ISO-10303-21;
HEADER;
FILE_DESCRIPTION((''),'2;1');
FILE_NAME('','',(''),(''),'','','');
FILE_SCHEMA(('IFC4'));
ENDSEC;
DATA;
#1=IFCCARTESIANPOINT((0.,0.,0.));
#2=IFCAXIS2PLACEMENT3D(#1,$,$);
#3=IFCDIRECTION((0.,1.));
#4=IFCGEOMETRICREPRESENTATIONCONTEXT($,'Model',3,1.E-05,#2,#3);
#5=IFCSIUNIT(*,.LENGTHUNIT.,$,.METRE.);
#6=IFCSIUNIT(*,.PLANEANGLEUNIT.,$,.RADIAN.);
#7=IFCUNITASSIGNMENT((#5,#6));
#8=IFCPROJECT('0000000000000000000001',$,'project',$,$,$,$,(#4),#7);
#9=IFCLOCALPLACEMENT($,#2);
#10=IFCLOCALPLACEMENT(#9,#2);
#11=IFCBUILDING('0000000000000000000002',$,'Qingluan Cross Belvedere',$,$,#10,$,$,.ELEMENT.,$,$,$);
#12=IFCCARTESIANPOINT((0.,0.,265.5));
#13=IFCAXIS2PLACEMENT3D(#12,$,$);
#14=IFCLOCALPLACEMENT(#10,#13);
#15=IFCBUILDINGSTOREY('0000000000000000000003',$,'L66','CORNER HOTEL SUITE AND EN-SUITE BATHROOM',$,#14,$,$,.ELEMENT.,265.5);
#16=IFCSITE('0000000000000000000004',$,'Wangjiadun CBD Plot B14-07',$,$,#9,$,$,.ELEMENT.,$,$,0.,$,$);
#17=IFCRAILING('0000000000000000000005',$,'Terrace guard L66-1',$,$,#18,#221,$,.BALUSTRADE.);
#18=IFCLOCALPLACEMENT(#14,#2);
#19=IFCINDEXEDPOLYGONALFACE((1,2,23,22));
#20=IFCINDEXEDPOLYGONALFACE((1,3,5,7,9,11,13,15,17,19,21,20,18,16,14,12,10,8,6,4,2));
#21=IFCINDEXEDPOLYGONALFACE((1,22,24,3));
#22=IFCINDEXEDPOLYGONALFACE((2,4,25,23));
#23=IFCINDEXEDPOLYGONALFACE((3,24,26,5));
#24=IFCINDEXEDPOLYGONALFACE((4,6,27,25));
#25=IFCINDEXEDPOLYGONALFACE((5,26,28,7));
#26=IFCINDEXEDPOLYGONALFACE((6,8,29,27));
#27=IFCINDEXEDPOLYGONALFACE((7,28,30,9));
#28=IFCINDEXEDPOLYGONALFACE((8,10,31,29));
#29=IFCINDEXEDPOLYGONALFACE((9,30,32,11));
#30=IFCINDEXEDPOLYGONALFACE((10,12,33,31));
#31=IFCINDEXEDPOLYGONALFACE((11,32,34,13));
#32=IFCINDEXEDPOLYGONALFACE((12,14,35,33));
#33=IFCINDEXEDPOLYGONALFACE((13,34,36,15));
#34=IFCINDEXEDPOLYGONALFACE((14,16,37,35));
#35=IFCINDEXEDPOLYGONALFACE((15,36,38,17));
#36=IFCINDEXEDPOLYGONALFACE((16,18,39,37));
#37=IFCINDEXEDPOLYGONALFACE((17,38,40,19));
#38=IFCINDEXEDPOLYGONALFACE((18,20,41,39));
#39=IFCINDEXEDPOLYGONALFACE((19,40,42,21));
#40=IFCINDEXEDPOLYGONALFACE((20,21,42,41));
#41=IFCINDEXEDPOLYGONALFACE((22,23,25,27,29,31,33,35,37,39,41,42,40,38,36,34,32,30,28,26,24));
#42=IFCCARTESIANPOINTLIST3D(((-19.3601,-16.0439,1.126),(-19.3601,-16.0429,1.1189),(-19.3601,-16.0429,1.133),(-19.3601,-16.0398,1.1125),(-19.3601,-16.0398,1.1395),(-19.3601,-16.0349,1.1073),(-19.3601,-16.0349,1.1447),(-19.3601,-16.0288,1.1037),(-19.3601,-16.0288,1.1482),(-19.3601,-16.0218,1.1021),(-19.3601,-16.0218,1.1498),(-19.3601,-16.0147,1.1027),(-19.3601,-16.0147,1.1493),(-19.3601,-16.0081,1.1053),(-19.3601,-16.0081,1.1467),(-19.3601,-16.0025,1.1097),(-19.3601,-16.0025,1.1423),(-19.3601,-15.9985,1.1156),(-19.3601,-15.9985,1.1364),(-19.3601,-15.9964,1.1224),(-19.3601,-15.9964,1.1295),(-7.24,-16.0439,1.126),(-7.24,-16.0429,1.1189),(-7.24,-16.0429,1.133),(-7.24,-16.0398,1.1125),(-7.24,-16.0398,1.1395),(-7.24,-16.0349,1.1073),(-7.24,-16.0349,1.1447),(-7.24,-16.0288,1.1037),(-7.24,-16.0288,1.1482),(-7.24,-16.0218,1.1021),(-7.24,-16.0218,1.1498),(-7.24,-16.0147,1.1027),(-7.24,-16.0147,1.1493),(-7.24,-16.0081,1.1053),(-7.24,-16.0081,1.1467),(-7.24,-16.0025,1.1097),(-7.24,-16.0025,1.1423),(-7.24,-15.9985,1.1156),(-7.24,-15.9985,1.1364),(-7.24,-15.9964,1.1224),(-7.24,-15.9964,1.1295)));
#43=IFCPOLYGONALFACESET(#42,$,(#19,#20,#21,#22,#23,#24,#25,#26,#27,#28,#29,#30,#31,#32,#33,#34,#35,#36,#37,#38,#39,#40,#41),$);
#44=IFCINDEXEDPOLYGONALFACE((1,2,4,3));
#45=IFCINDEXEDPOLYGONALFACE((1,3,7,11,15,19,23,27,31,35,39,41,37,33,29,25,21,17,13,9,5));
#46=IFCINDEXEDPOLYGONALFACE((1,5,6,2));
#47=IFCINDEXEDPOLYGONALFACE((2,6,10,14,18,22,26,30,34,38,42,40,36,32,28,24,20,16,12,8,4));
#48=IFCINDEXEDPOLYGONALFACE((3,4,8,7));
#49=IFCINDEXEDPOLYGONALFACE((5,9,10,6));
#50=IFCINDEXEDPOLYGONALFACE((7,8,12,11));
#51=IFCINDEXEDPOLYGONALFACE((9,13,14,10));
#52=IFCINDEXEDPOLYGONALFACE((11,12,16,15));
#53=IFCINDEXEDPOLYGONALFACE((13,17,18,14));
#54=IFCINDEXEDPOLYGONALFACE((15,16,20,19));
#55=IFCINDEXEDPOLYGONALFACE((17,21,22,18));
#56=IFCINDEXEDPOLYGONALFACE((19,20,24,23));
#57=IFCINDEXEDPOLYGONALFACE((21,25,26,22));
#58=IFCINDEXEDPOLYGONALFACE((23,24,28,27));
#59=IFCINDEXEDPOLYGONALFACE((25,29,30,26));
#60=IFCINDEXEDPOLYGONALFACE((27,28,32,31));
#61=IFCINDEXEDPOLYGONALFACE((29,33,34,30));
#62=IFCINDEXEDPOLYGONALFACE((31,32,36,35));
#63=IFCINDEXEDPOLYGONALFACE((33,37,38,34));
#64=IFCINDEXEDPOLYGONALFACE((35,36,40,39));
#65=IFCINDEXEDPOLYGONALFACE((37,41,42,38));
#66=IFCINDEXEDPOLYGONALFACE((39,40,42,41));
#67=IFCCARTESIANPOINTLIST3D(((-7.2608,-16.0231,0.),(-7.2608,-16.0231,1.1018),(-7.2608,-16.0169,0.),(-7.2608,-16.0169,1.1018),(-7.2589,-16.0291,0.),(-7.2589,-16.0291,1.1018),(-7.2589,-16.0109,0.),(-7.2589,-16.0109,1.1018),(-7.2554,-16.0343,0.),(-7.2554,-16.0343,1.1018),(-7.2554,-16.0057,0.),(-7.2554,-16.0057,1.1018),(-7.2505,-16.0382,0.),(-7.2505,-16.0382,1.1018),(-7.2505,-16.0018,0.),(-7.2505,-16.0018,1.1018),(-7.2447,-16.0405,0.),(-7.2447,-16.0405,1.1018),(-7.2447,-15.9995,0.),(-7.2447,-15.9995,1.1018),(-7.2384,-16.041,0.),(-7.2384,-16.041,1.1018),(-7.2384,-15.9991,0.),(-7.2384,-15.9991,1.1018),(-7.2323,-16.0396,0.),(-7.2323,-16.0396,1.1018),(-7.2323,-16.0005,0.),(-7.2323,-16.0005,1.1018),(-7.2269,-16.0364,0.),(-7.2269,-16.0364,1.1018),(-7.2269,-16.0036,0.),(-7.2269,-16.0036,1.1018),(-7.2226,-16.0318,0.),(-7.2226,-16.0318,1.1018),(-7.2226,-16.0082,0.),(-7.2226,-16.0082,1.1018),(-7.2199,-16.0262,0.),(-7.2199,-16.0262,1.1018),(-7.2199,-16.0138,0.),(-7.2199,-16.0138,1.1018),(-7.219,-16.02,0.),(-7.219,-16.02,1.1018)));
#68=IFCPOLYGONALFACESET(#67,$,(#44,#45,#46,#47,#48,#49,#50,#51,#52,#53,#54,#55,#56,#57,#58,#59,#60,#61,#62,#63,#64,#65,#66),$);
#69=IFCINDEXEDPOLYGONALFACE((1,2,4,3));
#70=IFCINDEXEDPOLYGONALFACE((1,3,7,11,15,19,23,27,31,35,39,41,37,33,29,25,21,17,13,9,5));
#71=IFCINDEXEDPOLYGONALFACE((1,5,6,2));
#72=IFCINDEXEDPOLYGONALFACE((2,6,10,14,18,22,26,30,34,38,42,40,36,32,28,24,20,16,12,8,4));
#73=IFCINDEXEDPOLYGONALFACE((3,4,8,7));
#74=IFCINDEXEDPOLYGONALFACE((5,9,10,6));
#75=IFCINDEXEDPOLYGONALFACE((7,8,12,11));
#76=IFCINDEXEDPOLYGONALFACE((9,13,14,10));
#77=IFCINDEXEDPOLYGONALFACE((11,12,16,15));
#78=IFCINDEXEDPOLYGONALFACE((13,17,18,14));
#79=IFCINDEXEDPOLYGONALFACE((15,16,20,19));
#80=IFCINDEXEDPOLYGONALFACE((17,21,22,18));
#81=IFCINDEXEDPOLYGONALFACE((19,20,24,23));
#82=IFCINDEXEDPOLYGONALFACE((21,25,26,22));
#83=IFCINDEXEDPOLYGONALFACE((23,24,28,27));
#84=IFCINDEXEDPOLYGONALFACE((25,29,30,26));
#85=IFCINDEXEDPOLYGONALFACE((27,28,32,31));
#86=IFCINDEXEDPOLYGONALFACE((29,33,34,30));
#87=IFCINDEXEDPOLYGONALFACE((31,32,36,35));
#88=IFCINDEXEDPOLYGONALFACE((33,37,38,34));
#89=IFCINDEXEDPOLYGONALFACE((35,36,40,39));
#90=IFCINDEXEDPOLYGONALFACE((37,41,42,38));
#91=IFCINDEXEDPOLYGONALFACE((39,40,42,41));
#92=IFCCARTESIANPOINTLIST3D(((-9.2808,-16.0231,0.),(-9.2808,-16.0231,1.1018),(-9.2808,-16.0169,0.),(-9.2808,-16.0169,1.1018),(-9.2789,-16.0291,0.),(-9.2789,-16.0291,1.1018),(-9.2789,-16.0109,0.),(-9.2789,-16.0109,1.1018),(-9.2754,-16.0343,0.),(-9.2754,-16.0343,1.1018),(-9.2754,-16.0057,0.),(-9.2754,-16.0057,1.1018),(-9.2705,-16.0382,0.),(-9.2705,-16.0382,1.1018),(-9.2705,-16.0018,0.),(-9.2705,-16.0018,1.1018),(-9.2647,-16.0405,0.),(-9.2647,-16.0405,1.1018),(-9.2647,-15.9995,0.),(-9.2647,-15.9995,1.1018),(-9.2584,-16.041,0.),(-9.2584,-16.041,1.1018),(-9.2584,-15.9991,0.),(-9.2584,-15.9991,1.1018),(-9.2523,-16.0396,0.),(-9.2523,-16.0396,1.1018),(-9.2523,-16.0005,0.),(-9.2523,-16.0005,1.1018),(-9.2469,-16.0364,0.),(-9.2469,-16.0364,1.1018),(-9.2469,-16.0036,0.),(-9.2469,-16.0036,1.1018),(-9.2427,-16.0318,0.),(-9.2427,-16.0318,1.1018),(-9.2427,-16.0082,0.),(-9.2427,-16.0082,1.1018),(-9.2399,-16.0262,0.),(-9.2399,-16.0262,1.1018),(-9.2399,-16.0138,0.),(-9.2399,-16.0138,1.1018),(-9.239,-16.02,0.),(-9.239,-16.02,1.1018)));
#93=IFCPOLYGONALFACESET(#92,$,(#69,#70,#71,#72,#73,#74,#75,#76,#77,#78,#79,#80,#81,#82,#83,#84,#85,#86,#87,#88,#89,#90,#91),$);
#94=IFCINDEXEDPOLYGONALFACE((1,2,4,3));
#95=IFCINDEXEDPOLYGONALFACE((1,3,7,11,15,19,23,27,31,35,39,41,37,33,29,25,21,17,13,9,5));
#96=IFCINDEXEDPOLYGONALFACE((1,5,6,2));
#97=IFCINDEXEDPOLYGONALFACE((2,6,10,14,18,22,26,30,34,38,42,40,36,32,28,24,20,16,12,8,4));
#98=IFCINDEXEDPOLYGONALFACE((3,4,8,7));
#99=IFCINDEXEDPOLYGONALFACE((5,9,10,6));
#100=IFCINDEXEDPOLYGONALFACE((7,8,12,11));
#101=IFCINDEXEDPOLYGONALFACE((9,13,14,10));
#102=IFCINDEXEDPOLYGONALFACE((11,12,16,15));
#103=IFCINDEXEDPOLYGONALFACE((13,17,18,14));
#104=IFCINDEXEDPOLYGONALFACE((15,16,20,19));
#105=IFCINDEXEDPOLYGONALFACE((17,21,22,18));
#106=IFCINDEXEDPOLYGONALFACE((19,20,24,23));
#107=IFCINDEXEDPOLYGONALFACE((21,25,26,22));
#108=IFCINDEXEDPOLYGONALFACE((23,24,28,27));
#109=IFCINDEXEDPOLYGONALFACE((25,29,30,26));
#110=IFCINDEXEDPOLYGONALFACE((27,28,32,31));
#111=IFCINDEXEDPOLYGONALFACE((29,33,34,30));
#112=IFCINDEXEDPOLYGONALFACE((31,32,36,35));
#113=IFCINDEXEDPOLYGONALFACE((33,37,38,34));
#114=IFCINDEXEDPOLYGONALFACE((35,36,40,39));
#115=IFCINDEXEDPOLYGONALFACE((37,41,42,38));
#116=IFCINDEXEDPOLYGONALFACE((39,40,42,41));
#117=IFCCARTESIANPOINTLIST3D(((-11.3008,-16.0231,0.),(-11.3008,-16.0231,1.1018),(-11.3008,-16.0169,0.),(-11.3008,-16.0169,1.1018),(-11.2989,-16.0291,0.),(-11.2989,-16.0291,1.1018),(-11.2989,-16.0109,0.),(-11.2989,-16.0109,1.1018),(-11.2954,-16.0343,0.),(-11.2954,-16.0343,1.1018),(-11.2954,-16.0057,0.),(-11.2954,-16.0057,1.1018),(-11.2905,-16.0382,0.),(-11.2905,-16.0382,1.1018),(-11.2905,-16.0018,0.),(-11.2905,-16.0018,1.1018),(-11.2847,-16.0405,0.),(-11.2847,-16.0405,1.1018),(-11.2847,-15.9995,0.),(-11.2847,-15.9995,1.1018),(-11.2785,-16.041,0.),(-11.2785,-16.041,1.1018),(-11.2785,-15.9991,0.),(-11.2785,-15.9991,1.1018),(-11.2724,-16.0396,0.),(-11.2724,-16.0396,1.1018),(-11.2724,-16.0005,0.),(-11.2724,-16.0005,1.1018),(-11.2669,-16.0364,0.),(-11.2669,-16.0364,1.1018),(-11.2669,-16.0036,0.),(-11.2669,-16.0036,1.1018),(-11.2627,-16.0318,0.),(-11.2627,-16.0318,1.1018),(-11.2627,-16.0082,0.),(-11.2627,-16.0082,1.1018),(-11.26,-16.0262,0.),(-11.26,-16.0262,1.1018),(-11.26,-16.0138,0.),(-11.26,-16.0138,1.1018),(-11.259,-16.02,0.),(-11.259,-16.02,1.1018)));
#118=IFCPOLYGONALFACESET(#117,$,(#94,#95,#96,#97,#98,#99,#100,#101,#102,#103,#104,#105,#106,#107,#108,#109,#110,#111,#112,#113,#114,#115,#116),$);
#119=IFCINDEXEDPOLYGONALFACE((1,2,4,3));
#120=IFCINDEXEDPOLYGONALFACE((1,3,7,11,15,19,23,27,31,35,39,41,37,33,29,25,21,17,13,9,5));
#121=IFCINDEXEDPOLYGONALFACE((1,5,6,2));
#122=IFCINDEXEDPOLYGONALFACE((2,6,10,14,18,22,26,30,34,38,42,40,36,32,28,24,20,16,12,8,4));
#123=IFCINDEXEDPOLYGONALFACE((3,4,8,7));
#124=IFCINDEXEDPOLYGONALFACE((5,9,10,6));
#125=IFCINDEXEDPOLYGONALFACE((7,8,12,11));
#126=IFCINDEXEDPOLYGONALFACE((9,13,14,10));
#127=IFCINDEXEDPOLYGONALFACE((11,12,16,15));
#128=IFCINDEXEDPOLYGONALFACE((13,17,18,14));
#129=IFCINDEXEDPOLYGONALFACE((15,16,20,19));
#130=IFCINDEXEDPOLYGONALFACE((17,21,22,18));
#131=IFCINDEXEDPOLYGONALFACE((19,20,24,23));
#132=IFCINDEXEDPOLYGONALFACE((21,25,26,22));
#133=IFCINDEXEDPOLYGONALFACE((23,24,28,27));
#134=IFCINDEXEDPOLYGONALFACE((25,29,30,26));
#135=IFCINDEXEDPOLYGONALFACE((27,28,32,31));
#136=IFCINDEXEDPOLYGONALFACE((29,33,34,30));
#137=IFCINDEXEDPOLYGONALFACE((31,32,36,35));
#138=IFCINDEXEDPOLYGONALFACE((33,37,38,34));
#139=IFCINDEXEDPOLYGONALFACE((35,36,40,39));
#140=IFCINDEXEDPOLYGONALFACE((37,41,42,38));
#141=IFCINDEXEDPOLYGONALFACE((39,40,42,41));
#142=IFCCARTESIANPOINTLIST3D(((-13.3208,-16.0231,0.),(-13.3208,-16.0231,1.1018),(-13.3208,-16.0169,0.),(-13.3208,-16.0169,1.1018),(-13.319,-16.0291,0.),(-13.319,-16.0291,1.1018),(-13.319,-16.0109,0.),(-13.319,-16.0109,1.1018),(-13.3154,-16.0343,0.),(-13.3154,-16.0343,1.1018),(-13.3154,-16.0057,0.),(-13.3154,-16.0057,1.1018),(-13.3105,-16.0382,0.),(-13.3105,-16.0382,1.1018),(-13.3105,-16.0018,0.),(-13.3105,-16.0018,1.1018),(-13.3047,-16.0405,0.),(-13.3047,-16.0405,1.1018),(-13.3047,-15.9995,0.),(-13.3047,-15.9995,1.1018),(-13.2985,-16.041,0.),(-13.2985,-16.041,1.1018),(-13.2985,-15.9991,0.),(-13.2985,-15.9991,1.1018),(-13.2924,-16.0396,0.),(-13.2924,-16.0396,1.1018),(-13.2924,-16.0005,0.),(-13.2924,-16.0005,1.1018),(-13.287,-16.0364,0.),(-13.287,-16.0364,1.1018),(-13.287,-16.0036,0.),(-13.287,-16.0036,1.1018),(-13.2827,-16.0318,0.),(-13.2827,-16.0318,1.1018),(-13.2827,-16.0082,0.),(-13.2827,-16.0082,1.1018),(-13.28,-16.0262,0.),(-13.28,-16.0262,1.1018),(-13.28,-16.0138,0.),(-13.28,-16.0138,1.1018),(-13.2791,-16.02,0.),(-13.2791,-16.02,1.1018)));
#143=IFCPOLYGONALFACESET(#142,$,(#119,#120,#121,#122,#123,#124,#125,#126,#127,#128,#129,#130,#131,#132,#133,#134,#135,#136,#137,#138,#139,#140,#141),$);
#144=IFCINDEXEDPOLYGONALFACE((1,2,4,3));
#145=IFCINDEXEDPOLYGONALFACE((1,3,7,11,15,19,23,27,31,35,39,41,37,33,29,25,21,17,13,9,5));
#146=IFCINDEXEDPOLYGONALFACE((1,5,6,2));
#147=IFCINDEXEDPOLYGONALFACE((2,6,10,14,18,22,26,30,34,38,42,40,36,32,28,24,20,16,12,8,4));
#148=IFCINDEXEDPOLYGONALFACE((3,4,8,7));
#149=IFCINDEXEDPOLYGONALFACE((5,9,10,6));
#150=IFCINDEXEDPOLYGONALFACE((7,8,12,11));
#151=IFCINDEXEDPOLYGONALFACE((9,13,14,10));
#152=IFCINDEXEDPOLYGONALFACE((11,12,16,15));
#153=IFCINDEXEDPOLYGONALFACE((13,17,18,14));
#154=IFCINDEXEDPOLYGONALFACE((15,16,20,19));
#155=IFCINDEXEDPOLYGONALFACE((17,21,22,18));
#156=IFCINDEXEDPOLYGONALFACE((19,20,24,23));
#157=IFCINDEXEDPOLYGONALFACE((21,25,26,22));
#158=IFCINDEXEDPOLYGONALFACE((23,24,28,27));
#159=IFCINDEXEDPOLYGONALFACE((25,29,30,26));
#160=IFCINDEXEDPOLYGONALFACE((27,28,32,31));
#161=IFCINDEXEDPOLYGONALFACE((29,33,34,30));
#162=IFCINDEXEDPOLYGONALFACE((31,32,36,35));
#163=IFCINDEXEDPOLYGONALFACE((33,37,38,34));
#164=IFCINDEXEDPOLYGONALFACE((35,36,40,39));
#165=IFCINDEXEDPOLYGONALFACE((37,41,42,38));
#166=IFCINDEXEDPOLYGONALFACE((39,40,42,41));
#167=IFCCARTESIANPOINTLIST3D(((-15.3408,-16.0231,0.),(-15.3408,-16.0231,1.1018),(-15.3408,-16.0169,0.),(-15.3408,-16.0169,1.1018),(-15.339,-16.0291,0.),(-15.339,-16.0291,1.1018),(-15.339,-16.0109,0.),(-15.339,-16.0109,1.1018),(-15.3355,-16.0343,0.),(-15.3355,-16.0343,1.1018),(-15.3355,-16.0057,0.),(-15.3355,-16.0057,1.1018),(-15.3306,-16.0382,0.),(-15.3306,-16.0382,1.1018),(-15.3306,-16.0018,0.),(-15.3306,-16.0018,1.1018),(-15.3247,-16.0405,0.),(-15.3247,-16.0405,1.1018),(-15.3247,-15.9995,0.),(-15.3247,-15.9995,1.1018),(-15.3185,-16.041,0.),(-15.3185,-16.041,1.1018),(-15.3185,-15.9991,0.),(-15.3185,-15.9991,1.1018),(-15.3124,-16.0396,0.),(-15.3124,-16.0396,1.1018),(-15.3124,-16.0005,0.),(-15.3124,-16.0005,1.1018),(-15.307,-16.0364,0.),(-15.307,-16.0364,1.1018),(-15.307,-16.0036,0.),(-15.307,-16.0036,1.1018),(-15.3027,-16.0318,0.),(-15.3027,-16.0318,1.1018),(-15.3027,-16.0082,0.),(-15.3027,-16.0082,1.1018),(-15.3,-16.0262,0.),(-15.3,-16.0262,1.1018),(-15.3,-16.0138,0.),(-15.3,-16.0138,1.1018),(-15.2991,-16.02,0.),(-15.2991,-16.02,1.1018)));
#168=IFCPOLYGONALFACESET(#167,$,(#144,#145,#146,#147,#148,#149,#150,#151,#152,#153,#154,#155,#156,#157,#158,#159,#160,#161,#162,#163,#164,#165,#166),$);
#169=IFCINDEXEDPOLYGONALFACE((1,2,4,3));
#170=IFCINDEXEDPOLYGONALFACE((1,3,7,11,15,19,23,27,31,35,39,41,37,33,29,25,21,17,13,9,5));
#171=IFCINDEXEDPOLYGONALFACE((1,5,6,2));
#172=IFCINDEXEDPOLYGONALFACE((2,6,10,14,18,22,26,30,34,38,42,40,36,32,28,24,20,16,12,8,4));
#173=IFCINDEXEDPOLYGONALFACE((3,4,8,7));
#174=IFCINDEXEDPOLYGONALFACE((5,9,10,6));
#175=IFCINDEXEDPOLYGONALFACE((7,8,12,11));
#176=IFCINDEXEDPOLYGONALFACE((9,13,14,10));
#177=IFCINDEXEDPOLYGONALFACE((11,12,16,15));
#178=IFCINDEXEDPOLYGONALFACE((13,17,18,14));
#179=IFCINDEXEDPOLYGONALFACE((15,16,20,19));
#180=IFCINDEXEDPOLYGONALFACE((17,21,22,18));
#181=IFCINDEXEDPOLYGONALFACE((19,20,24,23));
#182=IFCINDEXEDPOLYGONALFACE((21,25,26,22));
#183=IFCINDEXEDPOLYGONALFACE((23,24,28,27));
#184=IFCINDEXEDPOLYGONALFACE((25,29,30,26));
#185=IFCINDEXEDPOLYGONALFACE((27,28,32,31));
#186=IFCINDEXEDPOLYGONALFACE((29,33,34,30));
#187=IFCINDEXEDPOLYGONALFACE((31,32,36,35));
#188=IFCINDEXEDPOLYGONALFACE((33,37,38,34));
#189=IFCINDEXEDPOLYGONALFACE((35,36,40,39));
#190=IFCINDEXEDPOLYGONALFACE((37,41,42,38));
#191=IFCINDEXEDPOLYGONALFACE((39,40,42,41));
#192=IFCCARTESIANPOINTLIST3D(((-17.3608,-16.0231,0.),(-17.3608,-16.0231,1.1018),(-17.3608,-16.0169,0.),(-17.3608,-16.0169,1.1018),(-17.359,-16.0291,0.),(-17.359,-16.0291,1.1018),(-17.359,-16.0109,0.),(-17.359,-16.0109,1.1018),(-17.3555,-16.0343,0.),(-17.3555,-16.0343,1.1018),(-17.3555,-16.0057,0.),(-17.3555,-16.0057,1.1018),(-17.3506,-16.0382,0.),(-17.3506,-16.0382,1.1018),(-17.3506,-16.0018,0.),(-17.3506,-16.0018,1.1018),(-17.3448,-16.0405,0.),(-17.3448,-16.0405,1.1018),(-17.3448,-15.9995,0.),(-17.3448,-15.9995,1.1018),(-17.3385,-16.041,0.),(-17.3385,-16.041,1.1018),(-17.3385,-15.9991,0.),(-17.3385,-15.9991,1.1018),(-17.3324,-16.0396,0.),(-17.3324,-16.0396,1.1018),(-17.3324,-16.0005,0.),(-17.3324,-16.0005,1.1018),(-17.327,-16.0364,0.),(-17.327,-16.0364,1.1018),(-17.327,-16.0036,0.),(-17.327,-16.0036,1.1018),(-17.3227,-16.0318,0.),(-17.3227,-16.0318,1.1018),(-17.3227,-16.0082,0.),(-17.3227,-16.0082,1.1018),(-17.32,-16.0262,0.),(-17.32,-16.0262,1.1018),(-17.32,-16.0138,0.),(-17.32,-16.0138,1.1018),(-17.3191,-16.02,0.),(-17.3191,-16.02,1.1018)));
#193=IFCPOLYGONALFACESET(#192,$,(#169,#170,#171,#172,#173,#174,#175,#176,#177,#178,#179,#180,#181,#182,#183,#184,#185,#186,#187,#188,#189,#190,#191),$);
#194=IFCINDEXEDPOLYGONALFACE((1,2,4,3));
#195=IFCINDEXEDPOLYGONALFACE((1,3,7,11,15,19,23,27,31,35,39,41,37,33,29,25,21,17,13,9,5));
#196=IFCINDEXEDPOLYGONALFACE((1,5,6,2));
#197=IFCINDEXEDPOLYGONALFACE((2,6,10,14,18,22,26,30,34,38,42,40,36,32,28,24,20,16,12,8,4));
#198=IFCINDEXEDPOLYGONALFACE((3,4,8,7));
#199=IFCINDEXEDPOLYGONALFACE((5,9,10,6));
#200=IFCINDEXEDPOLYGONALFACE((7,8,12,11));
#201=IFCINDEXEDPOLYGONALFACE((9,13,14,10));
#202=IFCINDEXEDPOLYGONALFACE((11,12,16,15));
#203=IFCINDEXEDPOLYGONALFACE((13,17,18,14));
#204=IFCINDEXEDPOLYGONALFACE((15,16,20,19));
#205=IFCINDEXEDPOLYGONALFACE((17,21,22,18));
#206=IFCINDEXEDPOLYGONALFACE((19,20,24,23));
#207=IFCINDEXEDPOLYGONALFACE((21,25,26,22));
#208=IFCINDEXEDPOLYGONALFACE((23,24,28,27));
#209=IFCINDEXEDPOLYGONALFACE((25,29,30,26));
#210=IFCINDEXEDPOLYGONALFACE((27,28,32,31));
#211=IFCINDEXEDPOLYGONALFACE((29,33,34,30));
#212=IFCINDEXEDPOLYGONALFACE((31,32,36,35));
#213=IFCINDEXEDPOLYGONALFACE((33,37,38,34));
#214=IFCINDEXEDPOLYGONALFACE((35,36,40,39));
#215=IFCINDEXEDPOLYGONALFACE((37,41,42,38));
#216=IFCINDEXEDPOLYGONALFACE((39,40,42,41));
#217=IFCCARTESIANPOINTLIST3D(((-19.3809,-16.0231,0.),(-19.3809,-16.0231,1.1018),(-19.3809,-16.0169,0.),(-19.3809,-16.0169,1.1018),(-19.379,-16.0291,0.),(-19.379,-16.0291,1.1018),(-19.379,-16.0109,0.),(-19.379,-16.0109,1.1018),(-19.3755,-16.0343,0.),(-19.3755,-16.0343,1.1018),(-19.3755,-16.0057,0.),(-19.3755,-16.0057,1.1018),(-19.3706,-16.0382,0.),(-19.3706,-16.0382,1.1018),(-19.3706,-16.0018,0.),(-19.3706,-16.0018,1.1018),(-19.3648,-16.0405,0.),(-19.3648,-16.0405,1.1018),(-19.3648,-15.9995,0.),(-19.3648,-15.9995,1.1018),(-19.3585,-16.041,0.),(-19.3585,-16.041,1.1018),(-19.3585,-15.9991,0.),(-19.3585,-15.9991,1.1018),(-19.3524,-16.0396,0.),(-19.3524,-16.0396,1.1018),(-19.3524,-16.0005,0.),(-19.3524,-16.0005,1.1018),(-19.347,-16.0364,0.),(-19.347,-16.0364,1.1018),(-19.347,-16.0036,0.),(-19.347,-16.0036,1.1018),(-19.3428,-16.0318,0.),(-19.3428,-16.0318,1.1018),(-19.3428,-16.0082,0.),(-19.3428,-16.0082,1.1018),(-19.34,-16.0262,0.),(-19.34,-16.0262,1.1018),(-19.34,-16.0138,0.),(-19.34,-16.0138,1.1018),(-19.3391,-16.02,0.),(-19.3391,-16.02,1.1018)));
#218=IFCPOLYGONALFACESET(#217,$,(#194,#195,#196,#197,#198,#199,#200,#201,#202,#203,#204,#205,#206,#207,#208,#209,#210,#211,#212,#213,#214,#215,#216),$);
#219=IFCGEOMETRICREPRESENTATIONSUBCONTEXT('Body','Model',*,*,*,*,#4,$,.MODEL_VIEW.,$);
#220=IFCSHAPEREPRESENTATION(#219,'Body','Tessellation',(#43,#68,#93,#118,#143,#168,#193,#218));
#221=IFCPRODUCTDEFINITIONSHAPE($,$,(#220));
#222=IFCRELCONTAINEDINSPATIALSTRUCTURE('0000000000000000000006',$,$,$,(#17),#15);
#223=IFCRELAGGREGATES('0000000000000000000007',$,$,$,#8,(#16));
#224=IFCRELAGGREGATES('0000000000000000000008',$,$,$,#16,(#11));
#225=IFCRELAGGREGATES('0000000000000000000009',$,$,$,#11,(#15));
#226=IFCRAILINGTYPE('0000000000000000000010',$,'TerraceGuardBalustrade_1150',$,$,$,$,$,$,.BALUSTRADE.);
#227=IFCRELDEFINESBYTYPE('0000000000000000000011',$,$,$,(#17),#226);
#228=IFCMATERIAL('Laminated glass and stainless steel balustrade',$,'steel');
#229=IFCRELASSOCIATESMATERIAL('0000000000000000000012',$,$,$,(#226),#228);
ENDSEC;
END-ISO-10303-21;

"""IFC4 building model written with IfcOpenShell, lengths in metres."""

from ifc_helpers import new_model, si_unit, direction, frame, origin, origin_2d, place, context, subcontext, project, spatial, circle, extrude, material, type_object, element, save


model = new_model("IFC4")

# Units and contexts
model_context = context("Model", 3, precision=1e-05, world=origin(), true_north=direction((0.0, 1.0)))
body_context = subcontext(model_context, "Body", "Model", "MODEL_VIEW")
ifc_project = project(units=[si_unit("LENGTHUNIT", "METRE"), si_unit("PLANEANGLEUNIT", "RADIAN")], contexts=[model_context])

# Site, building, storey
site_placement = place(None, origin())
site = spatial("IfcSite", under=ifc_project, at=site_placement, Name="Wangjiadun CBD Plot B14-07", CompositionType="ELEMENT", RefElevation=0.0)
building_placement = place(site_placement, origin())
building = spatial("IfcBuilding", under=site, at=building_placement, Name="Qingluan Cross Belvedere", CompositionType="ELEMENT")
storey_placement = place(building_placement, frame((0.0, 0.0, 265.5)))
storey = spatial("IfcBuildingStorey", under=building, at=storey_placement, Name="L66", Description="CORNER HOTEL SUITE AND EN-SUITE BATHROOM", CompositionType="ELEMENT", Elevation=265.5)

# Railing
ifc_material_1 = material(Name="Laminated glass and stainless steel balustrade", Category="steel")
railing_type = type_object("IfcRailingType", Name="TerraceGuardBalustrade_1150", PredefinedType="BALUSTRADE", material=ifc_material_1)
railing_1_placement = place(storey_placement, frame((-7.24, -16.02, 0.0)))
element("IfcRailing", 1, at=railing_1_placement, inside=storey, type_object=railing_type, Name="Terrace guard L66-1", PredefinedType="BALUSTRADE", context=body_context, shape_type="SweptSolid", body=[
    extrude(circle(Radius=0.0239, at=origin_2d()), frame((0.0, 0.0, 1.126), z_axis=(-1.0, 0.0, 0.0), x_axis=(0.0, -1.0, 0.0)), (0.0, 0.0, 1.0), 12.1201),
    extrude(circle(Radius=0.021, at=origin_2d()), origin(), (0.0, 0.0, 1.0), 1.1018),
    extrude(circle(Radius=0.021, at=origin_2d()), frame((-2.02, 0.0, 0.0)), (0.0, 0.0, 1.0), 1.1018),
    extrude(circle(Radius=0.021, at=origin_2d()), frame((-4.04, 0.0, 0.0)), (0.0, 0.0, 1.0), 1.1018),
    extrude(circle(Radius=0.021, at=origin_2d()), frame((-6.0601, 0.0, 0.0)), (0.0, 0.0, 1.0), 1.1018),
    extrude(circle(Radius=0.021, at=origin_2d()), frame((-8.0801, 0.0, 0.0)), (0.0, 0.0, 1.0), 1.1018),
    extrude(circle(Radius=0.021, at=origin_2d()), frame((-10.1001, 0.0, 0.0)), (0.0, 0.0, 1.0), 1.1018),
    extrude(circle(Radius=0.021, at=origin_2d()), frame((-12.1201, 0.0, 0.0)), (0.0, 0.0, 1.0), 1.1018),
])

save(model, "model.ifc")
